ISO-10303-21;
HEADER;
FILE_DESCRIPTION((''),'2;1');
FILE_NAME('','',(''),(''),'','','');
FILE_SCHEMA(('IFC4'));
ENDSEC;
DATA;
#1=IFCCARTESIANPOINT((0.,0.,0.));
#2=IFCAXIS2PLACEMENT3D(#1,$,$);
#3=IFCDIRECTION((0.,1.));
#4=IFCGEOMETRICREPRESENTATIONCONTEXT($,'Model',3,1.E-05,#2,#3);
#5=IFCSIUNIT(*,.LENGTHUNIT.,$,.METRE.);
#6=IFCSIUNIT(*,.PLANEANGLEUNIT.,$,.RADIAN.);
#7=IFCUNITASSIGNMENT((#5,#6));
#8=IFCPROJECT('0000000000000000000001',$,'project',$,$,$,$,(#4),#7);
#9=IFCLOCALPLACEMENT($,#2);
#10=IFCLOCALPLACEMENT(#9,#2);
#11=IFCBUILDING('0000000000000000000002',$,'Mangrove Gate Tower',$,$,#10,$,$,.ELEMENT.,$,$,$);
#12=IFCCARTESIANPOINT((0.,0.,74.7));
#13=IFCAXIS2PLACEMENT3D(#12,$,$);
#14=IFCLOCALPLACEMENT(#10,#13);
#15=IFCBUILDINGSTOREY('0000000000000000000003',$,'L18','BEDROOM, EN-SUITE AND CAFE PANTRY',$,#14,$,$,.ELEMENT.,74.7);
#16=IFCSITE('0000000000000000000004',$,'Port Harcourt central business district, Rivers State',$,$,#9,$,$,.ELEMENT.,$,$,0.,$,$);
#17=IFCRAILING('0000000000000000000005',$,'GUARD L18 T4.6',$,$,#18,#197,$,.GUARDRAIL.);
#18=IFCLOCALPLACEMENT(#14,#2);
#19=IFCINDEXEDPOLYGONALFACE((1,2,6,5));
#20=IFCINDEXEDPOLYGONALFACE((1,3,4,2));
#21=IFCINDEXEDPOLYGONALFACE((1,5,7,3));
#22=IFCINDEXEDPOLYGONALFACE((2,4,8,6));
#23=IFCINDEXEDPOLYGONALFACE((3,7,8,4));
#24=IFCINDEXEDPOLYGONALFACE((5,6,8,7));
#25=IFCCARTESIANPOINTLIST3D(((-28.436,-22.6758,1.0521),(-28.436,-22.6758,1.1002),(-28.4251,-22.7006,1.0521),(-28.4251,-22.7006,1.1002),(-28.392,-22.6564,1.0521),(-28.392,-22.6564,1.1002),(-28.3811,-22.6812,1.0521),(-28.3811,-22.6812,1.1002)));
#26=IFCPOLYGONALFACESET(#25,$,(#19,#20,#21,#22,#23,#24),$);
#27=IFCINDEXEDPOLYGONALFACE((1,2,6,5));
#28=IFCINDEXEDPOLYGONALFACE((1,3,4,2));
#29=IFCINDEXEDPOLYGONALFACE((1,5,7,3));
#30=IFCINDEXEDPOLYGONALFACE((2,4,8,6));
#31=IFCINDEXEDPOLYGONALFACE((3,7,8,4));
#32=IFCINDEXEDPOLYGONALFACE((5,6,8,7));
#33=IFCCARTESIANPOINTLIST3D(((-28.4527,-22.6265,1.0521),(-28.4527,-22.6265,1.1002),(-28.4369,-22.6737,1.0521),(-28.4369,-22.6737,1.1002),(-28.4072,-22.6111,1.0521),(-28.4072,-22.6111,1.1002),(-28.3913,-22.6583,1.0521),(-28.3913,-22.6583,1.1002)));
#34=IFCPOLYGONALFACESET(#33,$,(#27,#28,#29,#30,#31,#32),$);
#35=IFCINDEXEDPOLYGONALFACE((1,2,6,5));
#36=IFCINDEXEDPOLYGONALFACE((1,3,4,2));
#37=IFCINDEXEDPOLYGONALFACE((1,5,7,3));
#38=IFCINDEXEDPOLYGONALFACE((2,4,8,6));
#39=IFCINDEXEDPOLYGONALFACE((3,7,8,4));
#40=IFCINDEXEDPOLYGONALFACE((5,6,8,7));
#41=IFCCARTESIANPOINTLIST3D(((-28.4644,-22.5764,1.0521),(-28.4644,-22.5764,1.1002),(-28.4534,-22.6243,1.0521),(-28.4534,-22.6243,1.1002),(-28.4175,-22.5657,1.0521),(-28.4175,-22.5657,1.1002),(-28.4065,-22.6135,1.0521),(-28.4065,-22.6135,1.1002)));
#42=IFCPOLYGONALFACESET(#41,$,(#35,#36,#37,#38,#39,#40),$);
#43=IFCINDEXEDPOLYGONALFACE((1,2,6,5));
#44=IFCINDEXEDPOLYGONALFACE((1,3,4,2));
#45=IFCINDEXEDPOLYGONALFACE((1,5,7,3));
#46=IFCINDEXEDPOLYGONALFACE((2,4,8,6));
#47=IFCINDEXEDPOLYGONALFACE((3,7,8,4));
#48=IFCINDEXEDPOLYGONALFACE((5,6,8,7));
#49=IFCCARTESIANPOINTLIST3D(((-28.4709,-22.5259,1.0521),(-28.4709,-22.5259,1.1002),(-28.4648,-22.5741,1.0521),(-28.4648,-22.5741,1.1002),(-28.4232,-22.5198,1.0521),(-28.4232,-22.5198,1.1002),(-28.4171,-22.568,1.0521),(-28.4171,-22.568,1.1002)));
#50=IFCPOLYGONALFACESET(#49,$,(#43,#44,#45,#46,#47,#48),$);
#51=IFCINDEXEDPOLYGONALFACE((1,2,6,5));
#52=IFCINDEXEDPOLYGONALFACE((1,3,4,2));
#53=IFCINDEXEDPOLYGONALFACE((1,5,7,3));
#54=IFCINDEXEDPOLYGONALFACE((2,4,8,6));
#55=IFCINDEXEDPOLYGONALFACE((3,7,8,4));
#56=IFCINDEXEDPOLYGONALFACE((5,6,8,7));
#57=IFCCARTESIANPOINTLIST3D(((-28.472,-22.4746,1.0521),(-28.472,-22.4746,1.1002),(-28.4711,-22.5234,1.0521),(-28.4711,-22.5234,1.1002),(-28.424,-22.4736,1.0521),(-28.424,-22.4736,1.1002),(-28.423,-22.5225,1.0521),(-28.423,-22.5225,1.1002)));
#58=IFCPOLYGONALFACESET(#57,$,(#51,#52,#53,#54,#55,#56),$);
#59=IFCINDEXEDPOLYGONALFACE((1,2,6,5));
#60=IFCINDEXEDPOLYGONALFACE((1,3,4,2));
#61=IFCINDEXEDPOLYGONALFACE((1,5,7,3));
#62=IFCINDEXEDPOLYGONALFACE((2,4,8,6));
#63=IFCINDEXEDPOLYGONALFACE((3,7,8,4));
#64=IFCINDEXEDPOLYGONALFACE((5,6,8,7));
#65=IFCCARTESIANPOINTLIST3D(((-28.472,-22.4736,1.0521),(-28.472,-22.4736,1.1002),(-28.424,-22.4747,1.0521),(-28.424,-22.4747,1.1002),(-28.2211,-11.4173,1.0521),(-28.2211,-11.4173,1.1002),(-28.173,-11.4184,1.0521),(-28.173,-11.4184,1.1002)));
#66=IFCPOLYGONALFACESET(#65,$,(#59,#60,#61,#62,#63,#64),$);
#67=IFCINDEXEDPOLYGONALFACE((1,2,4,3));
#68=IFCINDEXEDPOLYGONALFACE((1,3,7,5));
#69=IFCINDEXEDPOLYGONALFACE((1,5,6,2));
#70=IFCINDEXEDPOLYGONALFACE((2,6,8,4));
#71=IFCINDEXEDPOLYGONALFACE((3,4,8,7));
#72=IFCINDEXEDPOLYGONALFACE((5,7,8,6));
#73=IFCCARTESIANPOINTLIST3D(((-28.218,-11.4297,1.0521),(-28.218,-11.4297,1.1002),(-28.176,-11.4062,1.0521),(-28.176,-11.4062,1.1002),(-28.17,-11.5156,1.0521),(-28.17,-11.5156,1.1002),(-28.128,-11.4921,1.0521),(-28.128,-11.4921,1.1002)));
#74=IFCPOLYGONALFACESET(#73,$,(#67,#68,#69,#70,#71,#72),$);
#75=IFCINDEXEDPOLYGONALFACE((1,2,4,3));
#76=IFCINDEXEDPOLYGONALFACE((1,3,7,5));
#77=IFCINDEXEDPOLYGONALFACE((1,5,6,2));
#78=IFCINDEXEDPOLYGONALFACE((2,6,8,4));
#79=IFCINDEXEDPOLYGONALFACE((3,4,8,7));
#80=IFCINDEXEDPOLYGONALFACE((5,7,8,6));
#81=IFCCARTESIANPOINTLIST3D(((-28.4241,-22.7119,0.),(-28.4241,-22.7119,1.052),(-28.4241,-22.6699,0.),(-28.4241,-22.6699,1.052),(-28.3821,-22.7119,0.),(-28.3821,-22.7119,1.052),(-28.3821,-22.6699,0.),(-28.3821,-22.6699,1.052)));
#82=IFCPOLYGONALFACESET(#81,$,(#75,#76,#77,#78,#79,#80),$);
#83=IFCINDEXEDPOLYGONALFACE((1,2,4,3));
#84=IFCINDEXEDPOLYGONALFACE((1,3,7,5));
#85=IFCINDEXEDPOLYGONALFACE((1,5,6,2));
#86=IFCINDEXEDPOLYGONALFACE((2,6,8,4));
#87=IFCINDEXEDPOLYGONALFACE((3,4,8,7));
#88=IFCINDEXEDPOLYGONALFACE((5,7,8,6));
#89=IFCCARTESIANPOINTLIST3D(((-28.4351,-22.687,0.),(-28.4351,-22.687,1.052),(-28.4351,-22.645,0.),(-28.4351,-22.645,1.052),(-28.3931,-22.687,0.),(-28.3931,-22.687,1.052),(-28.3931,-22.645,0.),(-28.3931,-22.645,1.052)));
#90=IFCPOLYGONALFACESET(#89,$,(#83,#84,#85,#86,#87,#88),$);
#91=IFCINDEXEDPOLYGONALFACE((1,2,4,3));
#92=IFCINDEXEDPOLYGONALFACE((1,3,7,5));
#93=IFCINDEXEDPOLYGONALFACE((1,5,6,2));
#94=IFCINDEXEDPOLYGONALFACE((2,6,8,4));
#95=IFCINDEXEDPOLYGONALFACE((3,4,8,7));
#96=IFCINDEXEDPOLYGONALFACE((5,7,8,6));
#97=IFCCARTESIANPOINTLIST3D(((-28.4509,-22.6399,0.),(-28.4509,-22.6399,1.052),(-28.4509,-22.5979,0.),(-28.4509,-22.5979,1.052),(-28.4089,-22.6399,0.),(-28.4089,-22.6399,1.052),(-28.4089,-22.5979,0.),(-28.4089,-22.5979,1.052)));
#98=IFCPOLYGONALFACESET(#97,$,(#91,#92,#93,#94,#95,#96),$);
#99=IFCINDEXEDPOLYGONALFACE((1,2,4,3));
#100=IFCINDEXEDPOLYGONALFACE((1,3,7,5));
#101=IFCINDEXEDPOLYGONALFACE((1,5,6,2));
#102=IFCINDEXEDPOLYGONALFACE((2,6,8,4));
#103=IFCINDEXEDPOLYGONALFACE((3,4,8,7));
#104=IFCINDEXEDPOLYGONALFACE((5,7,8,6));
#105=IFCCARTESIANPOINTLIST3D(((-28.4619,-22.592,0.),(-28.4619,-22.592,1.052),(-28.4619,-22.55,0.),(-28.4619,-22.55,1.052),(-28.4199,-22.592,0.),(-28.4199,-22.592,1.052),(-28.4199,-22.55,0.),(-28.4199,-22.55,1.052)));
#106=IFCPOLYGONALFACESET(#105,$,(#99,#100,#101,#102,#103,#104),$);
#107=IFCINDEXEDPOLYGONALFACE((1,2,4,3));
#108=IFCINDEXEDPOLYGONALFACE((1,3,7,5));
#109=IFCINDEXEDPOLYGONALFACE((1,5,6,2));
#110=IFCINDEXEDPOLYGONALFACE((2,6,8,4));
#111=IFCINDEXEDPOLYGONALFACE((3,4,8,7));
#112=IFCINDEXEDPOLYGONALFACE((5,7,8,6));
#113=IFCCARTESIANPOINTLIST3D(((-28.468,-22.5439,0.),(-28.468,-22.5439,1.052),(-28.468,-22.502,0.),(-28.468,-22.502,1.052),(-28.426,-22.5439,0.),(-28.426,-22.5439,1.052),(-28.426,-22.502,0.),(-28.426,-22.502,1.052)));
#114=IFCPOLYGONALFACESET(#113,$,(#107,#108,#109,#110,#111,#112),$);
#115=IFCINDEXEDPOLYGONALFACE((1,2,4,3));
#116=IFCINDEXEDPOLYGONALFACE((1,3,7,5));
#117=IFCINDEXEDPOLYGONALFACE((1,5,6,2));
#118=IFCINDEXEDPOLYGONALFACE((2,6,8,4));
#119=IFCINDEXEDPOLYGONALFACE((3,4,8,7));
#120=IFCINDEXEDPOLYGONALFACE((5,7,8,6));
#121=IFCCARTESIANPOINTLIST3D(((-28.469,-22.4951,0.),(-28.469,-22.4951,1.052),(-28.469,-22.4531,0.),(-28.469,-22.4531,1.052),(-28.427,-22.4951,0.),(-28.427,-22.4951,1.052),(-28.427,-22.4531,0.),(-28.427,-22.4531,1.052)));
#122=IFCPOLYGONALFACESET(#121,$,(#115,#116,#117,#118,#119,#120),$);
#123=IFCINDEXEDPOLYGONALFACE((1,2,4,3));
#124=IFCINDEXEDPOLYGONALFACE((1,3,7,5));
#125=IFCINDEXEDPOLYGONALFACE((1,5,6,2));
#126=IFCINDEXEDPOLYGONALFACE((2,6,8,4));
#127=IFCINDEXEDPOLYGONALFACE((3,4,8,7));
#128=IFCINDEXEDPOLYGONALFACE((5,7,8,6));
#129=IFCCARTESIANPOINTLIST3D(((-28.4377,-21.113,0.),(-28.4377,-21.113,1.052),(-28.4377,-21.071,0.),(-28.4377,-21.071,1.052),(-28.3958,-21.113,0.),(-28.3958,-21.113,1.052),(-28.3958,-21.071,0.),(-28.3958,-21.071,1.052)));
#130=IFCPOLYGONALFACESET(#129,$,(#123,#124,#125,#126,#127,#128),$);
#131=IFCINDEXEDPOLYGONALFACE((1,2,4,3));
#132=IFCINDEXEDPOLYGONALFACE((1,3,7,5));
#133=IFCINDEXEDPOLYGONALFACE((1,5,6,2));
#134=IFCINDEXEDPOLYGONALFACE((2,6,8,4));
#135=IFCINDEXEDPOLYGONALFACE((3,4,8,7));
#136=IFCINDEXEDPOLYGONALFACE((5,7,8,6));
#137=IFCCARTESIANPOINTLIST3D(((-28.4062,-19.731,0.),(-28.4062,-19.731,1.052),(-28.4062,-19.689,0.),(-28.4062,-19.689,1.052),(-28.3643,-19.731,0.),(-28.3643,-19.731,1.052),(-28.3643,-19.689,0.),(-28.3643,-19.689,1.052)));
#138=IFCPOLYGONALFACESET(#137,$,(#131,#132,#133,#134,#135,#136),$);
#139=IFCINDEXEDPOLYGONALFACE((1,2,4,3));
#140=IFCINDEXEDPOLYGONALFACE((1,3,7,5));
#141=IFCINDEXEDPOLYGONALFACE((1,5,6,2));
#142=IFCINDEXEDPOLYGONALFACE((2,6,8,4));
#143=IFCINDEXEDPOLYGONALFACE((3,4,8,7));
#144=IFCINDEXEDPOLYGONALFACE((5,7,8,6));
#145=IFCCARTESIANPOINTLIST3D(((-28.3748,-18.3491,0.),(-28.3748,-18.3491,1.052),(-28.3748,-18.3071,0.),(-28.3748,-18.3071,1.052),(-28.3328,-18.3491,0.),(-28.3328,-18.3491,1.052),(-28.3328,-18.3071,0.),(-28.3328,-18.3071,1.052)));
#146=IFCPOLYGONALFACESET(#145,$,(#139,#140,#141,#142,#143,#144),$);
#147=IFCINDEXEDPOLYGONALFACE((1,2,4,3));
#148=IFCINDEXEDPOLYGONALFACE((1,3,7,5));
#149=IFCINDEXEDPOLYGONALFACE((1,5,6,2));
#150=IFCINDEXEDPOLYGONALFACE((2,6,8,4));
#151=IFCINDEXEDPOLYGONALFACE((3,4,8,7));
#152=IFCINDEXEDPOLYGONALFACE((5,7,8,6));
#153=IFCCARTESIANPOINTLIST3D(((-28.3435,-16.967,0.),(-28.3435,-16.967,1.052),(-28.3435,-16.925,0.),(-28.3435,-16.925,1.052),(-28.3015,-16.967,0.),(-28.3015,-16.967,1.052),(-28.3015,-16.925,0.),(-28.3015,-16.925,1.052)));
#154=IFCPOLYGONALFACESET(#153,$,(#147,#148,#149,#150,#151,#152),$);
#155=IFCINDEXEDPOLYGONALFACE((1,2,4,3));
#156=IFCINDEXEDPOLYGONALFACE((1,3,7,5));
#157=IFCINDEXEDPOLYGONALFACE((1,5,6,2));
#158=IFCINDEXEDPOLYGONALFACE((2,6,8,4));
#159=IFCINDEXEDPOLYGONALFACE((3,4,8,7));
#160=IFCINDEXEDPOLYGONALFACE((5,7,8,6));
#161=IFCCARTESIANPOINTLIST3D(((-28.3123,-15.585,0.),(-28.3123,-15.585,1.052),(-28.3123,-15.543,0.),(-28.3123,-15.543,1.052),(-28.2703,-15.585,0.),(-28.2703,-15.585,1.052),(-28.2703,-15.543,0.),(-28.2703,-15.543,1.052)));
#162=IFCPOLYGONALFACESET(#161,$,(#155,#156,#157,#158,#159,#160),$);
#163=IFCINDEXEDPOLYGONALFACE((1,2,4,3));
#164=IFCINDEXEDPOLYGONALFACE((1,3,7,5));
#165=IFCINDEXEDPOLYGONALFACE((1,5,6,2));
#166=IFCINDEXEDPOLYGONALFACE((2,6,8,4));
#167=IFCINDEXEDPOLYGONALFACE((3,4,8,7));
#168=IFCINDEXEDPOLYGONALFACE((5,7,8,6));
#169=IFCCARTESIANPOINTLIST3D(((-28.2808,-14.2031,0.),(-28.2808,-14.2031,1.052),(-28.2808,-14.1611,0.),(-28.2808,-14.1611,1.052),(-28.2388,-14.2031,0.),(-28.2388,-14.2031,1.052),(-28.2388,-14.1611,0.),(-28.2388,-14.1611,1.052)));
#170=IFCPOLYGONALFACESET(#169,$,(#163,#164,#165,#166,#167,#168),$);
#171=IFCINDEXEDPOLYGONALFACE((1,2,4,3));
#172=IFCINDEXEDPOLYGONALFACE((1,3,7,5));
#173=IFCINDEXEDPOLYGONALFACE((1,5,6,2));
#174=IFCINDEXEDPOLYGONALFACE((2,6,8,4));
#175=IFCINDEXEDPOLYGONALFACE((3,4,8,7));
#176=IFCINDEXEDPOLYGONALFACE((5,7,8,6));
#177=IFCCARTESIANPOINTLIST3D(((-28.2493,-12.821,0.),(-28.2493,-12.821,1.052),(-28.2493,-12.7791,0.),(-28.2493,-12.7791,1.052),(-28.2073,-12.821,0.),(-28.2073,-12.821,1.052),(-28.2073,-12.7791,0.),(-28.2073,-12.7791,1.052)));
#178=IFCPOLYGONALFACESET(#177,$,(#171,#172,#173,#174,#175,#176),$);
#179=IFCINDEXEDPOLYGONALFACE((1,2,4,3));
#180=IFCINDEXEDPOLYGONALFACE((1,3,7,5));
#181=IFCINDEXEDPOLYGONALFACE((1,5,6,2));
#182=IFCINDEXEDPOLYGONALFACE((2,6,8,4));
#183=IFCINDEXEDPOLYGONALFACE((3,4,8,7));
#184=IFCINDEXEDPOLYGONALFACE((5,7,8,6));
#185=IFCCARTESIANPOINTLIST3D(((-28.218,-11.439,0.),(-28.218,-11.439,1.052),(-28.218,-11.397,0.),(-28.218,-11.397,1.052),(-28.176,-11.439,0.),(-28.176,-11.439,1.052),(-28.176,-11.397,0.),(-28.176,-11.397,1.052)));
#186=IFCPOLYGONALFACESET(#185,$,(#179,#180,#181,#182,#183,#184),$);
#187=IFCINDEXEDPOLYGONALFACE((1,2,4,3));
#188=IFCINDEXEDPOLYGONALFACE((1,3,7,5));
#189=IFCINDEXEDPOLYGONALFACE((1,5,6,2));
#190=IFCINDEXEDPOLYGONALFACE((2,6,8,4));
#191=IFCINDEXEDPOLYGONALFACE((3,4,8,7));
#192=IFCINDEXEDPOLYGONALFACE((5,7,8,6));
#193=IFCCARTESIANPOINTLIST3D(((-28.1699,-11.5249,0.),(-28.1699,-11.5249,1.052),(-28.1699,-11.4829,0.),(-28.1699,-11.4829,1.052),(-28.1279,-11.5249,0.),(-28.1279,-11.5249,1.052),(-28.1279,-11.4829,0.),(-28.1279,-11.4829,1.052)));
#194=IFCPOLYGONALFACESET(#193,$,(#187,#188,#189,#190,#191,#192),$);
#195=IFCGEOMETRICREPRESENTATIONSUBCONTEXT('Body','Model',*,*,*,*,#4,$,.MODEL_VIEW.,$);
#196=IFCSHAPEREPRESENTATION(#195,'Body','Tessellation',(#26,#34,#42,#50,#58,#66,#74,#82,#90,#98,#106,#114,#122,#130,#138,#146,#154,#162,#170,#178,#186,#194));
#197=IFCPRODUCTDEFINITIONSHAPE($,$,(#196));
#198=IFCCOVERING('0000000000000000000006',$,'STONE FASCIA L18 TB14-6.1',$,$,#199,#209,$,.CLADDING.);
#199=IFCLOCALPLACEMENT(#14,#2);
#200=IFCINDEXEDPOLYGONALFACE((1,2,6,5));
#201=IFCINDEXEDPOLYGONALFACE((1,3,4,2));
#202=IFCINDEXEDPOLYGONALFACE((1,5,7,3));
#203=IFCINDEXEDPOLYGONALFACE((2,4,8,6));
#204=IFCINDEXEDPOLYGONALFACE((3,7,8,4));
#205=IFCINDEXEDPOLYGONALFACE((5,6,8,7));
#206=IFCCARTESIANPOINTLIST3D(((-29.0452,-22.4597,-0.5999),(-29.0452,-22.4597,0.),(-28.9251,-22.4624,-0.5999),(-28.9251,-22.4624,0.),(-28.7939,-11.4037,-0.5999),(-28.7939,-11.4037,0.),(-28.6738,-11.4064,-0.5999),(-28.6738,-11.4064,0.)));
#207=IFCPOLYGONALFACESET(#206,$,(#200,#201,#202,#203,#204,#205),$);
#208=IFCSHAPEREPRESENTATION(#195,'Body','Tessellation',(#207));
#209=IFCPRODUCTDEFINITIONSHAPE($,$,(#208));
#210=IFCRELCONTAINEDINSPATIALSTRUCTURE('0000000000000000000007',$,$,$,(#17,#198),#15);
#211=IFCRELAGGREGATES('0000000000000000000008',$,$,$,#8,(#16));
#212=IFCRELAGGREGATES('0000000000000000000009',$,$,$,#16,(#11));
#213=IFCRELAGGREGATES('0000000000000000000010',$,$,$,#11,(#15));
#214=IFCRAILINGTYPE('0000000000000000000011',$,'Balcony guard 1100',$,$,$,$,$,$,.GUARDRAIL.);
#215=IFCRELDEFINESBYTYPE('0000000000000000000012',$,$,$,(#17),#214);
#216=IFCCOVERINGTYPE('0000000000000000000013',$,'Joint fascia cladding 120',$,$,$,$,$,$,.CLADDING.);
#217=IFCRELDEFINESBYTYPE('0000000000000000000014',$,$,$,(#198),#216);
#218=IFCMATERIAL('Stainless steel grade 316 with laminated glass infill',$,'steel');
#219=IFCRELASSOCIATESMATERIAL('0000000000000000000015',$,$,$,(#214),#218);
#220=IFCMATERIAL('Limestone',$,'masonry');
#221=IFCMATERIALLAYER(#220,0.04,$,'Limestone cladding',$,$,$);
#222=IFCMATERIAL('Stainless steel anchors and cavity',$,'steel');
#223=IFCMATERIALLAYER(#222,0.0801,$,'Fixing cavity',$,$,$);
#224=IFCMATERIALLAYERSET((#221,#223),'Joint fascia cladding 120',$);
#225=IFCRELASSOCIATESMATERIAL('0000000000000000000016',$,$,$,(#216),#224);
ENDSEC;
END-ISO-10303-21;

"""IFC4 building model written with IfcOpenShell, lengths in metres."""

from ifc_helpers import new_model, si_unit, direction, frame, frame_2d, origin, origin_2d, place, context, subcontext, project, spatial, rectangle, extrude, material, layer, layer_set, type_object, element, save


model = new_model("IFC4")

# Units and contexts
model_context = context("Model", 3, precision=1e-05, world=origin(), true_north=direction((0.0, 1.0)))
body_context = subcontext(model_context, "Body", "Model", "MODEL_VIEW")
ifc_project = project(units=[si_unit("LENGTHUNIT", "METRE"), si_unit("PLANEANGLEUNIT", "RADIAN")], contexts=[model_context])

# Site, building, storey
site_placement = place(None, origin())
site = spatial("IfcSite", under=ifc_project, at=site_placement, Name="Port Harcourt central business district, Rivers State", CompositionType="ELEMENT", RefElevation=0.0)
building_placement = place(site_placement, origin())
building = spatial("IfcBuilding", under=site, at=building_placement, Name="Mangrove Gate Tower", CompositionType="ELEMENT")
storey_placement = place(building_placement, frame((0.0, 0.0, 74.7)))
storey = spatial("IfcBuildingStorey", under=building, at=storey_placement, Name="L18", Description="BEDROOM, EN-SUITE AND CAFE PANTRY", CompositionType="ELEMENT", Elevation=74.7)

# Shared definitions
ifc_material_1 = material(Name="Limestone", Category="masonry")

# Railing
ifc_material_2 = material(Name="Stainless steel grade 316 with laminated glass infill", Category="steel")
railing_type = type_object("IfcRailingType", Name="Balcony guard 1100", PredefinedType="GUARDRAIL", material=ifc_material_2)
railing_placement = place(storey_placement, frame((-28.4031, -22.6909, 0.0)))
element("IfcRailing", 1, at=railing_placement, inside=storey, type_object=railing_type, Name="GUARD L18 T4.6", PredefinedType="GUARDRAIL", context=body_context, shape_type="SweptSolid", body=[
    extrude(rectangle(XDim=0.0481, YDim=0.0481, at=origin_2d()), frame((0.0, 0.0, 1.0762), z_axis=(-0.40364, 0.914918, 0.0), x_axis=(-0.914918, -0.40364, 0.0)), (0.0, 0.0, 1.0), 0.0271),
    extrude(rectangle(XDim=0.0481, YDim=0.0481, at=origin_2d()), frame((-0.011, 0.0249, 1.0762), z_axis=(-0.319172, 0.947697, 0.0), x_axis=(-0.947697, -0.319172, 0.0)), (0.0, 0.0, 1.0), 0.0498),
    extrude(rectangle(XDim=0.0481, YDim=0.0481, at=origin_2d()), frame((-0.0269, 0.072, 1.0762), z_axis=(-0.22377, 0.974642, 0.0), x_axis=(-0.974642, -0.22377, 0.0)), (0.0, 0.0, 1.0), 0.0491),
    extrude(rectangle(XDim=0.0481, YDim=0.0481, at=origin_2d()), frame((-0.0378, 0.1199, 1.0762), z_axis=(-0.125894, 0.992044, 0.0), x_axis=(-0.992044, -0.125894, 0.0)), (0.0, 0.0, 1.0), 0.0486),
    extrude(rectangle(XDim=0.0481, YDim=0.0481, at=origin_2d()), frame((-0.0439, 0.168, 1.0762), z_axis=(-0.019996, 0.9998, 0.0), x_axis=(-0.9998, -0.019996, 0.0)), (0.0, 0.0, 1.0), 0.0488),
    extrude(rectangle(XDim=0.0481, YDim=0.0481, at=origin_2d()), frame((-0.0449, 0.2168, 1.0762), z_axis=(0.022694, 0.999742, 0.0), x_axis=(-0.999742, 0.022694, 0.0)), (0.0, 0.0, 1.0), 11.0591),
    extrude(rectangle(XDim=0.0481, YDim=0.0481, at=origin_2d()), frame((0.2061, 11.2729, 1.0762), z_axis=(0.488377, -0.872633, 0.0), x_axis=(0.872633, 0.488377, 0.0)), (0.0, 0.0, 1.0), 0.0984),
    extrude(rectangle(XDim=0.042, YDim=0.042, at=origin_2d()), origin(), (0.0, 0.0, 1.0), 1.052),
    extrude(rectangle(XDim=0.042, YDim=0.042, at=origin_2d()), frame((-0.011, 0.0249, 0.0)), (0.0, 0.0, 1.0), 1.052),
    extrude(rectangle(XDim=0.042, YDim=0.042, at=origin_2d()), frame((-0.0269, 0.072, 0.0)), (0.0, 0.0, 1.0), 1.052),
    extrude(rectangle(XDim=0.042, YDim=0.042, at=origin_2d()), frame((-0.0378, 0.1199, 0.0)), (0.0, 0.0, 1.0), 1.052),
    extrude(rectangle(XDim=0.042, YDim=0.042, at=origin_2d()), frame((-0.0439, 0.168, 0.0)), (0.0, 0.0, 1.0), 1.052),
    extrude(rectangle(XDim=0.042, YDim=0.042, at=origin_2d()), frame((-0.0449, 0.2168, 0.0)), (0.0, 0.0, 1.0), 1.052),
    extrude(rectangle(XDim=0.042, YDim=0.042, at=origin_2d()), frame((-0.0137, 1.5989, 0.0)), (0.0, 0.0, 1.0), 1.052),
    extrude(rectangle(XDim=0.042, YDim=0.042, at=origin_2d()), frame((0.0178, 2.981, 0.0)), (0.0, 0.0, 1.0), 1.052),
    extrude(rectangle(XDim=0.042, YDim=0.042, at=origin_2d()), frame((0.0493, 4.3628, 0.0)), (0.0, 0.0, 1.0), 1.052),
    extrude(rectangle(XDim=0.042, YDim=0.042, at=origin_2d()), frame((0.0806, 5.7449, 0.0)), (0.0, 0.0, 1.0), 1.052),
    extrude(rectangle(XDim=0.042, YDim=0.042, at=origin_2d()), frame((0.1118, 7.127, 0.0)), (0.0, 0.0, 1.0), 1.052),
    extrude(rectangle(XDim=0.042, YDim=0.042, at=origin_2d()), frame((0.1433, 8.5088, 0.0)), (0.0, 0.0, 1.0), 1.052),
    extrude(rectangle(XDim=0.042, YDim=0.042, at=origin_2d()), frame((0.1748, 9.8909, 0.0)), (0.0, 0.0, 1.0), 1.052),
    extrude(rectangle(XDim=0.042, YDim=0.042, at=origin_2d()), frame((0.2061, 11.2729, 0.0)), (0.0, 0.0, 1.0), 1.052),
    extrude(rectangle(XDim=0.042, YDim=0.042, at=origin_2d()), frame((0.2542, 11.187, 0.0)), (0.0, 0.0, 1.0), 1.052),
])

# Covering
ifc_layer_1 = layer(ifc_material_1, 0.04, Name="Limestone cladding")
ifc_material_3 = material(Name="Stainless steel anchors and cavity", Category="steel")
ifc_layer_2 = layer(ifc_material_3, 0.0801, Name="Fixing cavity")
ifc_layer_set_1 = layer_set([ifc_layer_1, ifc_layer_2], Name="Joint fascia cladding 120")
covering_type = type_object("IfcCoveringType", Name="Joint fascia cladding 120", PredefinedType="CLADDING", material=ifc_layer_set_1)
covering_placement = place(storey_placement, frame((-28.9851, -22.4609, -0.5999), z_axis=(0.0, 0.0, 1.0), x_axis=(0.022717, 0.999742, 0.0)))
element("IfcCovering", 2, at=covering_placement, inside=storey, type_object=covering_type, Name="STONE FASCIA L18 TB14-6.1", PredefinedType="CLADDING", context=body_context, shape_type="SweptSolid", body=[
    extrude(rectangle(XDim=11.0588, YDim=0.1201, at=frame_2d((5.5293, 0.0))), origin(), (0.0, 0.0, 1.0), 0.5999),
])

save(model, "model.ifc")
